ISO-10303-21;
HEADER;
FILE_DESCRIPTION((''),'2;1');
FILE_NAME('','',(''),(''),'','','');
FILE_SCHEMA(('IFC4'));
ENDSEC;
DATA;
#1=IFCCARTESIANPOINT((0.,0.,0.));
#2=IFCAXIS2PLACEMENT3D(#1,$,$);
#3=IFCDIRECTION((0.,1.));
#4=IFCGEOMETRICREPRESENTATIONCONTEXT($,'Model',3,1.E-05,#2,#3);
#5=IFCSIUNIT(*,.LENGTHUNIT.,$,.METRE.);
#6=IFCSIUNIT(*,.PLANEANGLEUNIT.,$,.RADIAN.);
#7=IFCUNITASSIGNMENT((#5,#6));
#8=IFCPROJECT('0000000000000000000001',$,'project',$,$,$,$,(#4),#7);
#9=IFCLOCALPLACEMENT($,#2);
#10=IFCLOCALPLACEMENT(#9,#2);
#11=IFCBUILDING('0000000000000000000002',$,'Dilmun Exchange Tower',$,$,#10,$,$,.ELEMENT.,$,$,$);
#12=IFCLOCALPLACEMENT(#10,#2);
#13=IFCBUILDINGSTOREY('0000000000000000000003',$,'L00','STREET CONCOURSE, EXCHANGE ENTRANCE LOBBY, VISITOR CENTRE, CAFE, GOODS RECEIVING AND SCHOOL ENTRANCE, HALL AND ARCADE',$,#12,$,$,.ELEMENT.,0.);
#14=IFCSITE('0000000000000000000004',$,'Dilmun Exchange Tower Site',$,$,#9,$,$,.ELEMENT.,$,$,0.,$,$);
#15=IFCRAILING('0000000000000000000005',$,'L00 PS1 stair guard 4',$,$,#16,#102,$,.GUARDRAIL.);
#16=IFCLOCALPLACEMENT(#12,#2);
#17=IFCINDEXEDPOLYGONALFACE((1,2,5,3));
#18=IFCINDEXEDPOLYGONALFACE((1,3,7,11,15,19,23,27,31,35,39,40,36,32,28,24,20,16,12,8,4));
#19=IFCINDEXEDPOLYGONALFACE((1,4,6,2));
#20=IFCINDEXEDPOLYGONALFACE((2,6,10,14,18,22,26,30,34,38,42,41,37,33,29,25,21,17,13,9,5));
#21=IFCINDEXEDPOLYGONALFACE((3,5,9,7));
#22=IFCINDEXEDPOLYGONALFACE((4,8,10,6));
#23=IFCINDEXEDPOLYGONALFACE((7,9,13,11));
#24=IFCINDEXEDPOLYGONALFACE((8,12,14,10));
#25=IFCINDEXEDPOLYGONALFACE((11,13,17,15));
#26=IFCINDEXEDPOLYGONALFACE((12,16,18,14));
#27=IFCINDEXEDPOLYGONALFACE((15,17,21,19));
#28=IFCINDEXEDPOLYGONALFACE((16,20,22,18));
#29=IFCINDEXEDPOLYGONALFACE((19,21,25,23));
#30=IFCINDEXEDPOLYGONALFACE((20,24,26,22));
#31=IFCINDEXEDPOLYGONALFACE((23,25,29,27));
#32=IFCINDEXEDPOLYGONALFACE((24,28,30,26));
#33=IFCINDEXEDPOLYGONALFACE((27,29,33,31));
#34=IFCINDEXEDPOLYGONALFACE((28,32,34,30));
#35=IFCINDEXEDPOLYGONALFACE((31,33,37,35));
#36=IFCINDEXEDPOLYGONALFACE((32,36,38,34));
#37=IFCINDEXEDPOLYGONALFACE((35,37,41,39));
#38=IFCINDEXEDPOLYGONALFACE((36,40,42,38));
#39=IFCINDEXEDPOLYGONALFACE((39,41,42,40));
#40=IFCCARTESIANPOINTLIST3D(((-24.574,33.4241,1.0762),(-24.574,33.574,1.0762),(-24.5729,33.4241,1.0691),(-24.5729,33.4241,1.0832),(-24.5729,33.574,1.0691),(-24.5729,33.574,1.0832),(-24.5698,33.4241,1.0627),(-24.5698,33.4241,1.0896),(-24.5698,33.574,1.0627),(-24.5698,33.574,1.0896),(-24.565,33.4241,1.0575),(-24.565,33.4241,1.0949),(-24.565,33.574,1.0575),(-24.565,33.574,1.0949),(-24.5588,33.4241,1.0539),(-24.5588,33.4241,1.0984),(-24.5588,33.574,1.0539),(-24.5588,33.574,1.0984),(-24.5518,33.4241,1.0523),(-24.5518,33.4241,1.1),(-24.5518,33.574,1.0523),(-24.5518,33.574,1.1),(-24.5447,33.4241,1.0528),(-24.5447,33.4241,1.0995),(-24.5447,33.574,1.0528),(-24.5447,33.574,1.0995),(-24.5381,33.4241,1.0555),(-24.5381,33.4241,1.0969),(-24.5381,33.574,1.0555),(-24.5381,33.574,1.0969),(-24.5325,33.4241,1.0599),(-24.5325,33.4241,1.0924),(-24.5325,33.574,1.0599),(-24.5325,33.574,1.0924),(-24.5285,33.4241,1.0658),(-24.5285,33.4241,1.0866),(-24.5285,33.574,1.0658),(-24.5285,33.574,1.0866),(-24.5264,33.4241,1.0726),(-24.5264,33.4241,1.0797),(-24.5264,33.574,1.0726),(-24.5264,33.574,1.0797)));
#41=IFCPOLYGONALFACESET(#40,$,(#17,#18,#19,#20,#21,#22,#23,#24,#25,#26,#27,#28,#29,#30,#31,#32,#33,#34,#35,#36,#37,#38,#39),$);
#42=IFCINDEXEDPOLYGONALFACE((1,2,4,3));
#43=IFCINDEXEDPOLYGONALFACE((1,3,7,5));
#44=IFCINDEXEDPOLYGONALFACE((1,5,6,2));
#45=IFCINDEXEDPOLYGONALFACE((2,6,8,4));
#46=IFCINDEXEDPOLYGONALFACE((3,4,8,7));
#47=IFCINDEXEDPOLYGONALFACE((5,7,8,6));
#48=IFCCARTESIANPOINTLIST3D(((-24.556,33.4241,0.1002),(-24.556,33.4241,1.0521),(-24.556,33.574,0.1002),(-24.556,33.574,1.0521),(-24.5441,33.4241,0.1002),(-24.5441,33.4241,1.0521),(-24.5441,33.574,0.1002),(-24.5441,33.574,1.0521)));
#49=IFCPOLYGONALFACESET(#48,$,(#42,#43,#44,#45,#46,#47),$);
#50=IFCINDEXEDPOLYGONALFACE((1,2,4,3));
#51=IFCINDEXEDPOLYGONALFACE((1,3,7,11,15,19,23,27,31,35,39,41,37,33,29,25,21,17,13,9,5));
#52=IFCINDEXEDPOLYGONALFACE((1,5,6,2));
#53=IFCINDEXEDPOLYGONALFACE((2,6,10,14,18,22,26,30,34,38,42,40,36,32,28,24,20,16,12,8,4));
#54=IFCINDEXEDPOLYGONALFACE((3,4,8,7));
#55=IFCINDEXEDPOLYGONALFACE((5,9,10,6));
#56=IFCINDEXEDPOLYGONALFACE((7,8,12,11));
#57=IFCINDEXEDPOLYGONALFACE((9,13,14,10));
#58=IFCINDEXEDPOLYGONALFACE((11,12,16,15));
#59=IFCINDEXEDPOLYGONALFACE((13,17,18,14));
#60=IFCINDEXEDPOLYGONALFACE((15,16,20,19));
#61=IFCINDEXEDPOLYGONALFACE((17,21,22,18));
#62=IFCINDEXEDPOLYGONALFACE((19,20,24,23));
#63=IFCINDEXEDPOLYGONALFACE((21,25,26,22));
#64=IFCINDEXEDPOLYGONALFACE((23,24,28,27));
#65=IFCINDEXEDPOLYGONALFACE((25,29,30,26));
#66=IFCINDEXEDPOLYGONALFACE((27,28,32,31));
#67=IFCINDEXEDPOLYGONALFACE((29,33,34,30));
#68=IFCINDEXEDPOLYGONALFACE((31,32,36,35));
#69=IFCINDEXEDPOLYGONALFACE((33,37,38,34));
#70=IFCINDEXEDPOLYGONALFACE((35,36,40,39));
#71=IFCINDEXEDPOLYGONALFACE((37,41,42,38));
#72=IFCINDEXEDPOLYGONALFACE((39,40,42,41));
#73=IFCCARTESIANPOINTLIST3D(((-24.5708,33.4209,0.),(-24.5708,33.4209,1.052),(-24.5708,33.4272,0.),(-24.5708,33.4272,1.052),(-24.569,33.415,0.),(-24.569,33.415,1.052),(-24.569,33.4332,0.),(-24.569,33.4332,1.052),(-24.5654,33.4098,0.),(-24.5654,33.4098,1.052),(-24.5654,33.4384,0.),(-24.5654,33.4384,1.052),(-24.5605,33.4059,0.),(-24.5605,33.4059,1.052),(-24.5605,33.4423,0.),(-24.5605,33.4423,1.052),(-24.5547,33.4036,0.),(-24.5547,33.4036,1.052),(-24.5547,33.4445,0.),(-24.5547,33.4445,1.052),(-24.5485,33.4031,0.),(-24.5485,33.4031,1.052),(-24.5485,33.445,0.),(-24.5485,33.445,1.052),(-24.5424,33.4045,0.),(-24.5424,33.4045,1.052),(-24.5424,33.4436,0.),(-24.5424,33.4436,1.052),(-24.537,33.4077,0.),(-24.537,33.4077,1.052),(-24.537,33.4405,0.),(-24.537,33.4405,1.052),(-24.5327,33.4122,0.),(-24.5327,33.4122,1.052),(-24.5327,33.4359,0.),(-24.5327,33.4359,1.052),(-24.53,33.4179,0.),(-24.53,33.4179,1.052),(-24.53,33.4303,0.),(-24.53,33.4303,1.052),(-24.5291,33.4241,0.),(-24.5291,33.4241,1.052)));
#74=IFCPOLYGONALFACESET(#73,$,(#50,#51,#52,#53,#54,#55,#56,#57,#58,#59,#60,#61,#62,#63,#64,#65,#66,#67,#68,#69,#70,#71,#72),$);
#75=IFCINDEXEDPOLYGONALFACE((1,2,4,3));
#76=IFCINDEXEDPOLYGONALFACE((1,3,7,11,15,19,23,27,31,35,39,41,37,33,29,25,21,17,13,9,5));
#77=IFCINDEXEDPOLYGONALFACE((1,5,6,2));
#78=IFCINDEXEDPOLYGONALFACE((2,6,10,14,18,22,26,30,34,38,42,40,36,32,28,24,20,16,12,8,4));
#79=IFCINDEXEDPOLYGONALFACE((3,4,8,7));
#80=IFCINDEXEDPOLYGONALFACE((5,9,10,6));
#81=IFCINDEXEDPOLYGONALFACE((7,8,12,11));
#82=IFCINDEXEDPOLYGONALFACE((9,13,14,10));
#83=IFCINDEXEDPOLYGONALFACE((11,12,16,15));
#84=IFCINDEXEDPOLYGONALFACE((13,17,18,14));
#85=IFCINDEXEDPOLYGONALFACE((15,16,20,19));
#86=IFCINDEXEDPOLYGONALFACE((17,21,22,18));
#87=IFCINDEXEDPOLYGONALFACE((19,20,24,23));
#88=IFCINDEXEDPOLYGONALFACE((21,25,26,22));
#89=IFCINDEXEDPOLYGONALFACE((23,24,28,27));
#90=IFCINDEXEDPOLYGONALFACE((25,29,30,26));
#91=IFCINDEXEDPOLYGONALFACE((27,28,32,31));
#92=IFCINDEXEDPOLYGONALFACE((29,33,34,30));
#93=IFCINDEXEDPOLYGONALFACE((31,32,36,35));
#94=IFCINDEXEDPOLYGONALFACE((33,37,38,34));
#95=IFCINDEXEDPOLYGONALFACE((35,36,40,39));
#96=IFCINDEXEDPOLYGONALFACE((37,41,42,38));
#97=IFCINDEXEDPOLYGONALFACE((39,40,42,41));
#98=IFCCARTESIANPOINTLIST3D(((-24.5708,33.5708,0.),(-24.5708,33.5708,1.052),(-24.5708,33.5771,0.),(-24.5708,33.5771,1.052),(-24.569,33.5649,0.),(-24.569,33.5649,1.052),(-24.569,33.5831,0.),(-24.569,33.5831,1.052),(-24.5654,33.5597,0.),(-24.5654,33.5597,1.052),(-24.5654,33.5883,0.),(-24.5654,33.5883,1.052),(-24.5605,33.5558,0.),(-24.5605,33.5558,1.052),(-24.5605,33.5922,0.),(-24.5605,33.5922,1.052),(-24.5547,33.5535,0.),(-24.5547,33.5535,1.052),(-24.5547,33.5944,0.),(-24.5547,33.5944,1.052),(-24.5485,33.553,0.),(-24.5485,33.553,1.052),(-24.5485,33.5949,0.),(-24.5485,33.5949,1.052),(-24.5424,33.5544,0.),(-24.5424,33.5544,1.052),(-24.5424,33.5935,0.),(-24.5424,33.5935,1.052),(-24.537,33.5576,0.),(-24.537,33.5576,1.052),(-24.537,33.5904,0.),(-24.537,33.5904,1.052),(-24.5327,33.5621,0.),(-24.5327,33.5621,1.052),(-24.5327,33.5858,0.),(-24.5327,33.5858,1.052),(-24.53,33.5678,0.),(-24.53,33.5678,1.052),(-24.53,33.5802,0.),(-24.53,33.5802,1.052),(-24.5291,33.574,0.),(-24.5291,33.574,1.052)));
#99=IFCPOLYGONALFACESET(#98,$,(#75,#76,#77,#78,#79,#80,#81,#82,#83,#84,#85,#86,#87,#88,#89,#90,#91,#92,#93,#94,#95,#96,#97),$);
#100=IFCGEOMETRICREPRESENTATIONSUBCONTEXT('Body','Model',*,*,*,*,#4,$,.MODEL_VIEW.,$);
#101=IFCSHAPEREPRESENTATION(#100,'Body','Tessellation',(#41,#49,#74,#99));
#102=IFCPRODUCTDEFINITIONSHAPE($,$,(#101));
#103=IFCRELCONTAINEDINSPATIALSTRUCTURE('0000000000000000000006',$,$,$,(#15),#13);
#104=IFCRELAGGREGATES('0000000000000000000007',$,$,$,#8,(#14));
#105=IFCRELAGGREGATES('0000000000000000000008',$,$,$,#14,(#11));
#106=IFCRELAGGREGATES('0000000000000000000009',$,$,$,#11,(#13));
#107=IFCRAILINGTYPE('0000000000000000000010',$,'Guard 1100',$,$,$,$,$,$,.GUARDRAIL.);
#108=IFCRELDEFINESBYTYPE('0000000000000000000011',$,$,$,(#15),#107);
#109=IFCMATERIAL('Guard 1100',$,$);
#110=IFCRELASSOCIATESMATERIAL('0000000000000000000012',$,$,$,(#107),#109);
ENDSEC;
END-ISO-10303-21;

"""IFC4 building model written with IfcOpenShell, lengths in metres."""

from ifc_helpers import new_model, si_unit, direction, frame, origin, origin_2d, place, context, subcontext, project, spatial, rectangle, circle, extrude, material, type_object, element, save


model = new_model("IFC4")

# Units and contexts
model_context = context("Model", 3, precision=1e-05, world=origin(), true_north=direction((0.0, 1.0)))
body_context = subcontext(model_context, "Body", "Model", "MODEL_VIEW")
ifc_project = project(units=[si_unit("LENGTHUNIT", "METRE"), si_unit("PLANEANGLEUNIT", "RADIAN")], contexts=[model_context])

# Site, building, storey
site_placement = place(None, origin())
site = spatial("IfcSite", under=ifc_project, at=site_placement, Name="Dilmun Exchange Tower Site", CompositionType="ELEMENT", RefElevation=0.0)
building_placement = place(site_placement, origin())
building = spatial("IfcBuilding", under=site, at=building_placement, Name="Dilmun Exchange Tower", CompositionType="ELEMENT")
storey_placement = place(building_placement, origin())
storey = spatial("IfcBuildingStorey", under=building, at=storey_placement, Name="L00", Description="STREET CONCOURSE, EXCHANGE ENTRANCE LOBBY, VISITOR CENTRE, CAFE, GOODS RECEIVING AND SCHOOL ENTRANCE, HALL AND ARCADE", CompositionType="ELEMENT", Elevation=0.0)

# Railing
ifc_material_1 = material(Name="Guard 1100")
railing_type_1 = type_object("IfcRailingType", Name="Guard 1100", PredefinedType="GUARDRAIL", material=ifc_material_1)
railing_1_placement = place(storey_placement, frame((-24.55, 33.4241, 0.0)))
element("IfcRailing", 1, at=railing_1_placement, inside=storey, type_object=railing_type_1, Name="L00 PS1 stair guard 4", PredefinedType="GUARDRAIL", context=body_context, shape_type="SweptSolid", body=[
    extrude(circle(Radius=0.0239, at=origin_2d()), frame((0.0, 0.0, 1.0762), z_axis=(0.0, 1.0, 0.0), x_axis=(-1.0, 0.0, 0.0)), (0.0, 0.0, 1.0), 0.1499),
    extrude(rectangle(XDim=0.012, YDim=0.9519, at=origin_2d()), frame((0.0, 0.0, 0.5762), z_axis=(0.0, 1.0, 0.0), x_axis=(-1.0, 0.0, 0.0)), (0.0, 0.0, 1.0), 0.1499),
    extrude(circle(Radius=0.021, at=origin_2d()), origin(), (0.0, 0.0, 1.0), 1.052),
    extrude(circle(Radius=0.021, at=origin_2d()), frame((0.0, 0.1499, 0.0)), (0.0, 0.0, 1.0), 1.052),
])

save(model, "model.ifc")
